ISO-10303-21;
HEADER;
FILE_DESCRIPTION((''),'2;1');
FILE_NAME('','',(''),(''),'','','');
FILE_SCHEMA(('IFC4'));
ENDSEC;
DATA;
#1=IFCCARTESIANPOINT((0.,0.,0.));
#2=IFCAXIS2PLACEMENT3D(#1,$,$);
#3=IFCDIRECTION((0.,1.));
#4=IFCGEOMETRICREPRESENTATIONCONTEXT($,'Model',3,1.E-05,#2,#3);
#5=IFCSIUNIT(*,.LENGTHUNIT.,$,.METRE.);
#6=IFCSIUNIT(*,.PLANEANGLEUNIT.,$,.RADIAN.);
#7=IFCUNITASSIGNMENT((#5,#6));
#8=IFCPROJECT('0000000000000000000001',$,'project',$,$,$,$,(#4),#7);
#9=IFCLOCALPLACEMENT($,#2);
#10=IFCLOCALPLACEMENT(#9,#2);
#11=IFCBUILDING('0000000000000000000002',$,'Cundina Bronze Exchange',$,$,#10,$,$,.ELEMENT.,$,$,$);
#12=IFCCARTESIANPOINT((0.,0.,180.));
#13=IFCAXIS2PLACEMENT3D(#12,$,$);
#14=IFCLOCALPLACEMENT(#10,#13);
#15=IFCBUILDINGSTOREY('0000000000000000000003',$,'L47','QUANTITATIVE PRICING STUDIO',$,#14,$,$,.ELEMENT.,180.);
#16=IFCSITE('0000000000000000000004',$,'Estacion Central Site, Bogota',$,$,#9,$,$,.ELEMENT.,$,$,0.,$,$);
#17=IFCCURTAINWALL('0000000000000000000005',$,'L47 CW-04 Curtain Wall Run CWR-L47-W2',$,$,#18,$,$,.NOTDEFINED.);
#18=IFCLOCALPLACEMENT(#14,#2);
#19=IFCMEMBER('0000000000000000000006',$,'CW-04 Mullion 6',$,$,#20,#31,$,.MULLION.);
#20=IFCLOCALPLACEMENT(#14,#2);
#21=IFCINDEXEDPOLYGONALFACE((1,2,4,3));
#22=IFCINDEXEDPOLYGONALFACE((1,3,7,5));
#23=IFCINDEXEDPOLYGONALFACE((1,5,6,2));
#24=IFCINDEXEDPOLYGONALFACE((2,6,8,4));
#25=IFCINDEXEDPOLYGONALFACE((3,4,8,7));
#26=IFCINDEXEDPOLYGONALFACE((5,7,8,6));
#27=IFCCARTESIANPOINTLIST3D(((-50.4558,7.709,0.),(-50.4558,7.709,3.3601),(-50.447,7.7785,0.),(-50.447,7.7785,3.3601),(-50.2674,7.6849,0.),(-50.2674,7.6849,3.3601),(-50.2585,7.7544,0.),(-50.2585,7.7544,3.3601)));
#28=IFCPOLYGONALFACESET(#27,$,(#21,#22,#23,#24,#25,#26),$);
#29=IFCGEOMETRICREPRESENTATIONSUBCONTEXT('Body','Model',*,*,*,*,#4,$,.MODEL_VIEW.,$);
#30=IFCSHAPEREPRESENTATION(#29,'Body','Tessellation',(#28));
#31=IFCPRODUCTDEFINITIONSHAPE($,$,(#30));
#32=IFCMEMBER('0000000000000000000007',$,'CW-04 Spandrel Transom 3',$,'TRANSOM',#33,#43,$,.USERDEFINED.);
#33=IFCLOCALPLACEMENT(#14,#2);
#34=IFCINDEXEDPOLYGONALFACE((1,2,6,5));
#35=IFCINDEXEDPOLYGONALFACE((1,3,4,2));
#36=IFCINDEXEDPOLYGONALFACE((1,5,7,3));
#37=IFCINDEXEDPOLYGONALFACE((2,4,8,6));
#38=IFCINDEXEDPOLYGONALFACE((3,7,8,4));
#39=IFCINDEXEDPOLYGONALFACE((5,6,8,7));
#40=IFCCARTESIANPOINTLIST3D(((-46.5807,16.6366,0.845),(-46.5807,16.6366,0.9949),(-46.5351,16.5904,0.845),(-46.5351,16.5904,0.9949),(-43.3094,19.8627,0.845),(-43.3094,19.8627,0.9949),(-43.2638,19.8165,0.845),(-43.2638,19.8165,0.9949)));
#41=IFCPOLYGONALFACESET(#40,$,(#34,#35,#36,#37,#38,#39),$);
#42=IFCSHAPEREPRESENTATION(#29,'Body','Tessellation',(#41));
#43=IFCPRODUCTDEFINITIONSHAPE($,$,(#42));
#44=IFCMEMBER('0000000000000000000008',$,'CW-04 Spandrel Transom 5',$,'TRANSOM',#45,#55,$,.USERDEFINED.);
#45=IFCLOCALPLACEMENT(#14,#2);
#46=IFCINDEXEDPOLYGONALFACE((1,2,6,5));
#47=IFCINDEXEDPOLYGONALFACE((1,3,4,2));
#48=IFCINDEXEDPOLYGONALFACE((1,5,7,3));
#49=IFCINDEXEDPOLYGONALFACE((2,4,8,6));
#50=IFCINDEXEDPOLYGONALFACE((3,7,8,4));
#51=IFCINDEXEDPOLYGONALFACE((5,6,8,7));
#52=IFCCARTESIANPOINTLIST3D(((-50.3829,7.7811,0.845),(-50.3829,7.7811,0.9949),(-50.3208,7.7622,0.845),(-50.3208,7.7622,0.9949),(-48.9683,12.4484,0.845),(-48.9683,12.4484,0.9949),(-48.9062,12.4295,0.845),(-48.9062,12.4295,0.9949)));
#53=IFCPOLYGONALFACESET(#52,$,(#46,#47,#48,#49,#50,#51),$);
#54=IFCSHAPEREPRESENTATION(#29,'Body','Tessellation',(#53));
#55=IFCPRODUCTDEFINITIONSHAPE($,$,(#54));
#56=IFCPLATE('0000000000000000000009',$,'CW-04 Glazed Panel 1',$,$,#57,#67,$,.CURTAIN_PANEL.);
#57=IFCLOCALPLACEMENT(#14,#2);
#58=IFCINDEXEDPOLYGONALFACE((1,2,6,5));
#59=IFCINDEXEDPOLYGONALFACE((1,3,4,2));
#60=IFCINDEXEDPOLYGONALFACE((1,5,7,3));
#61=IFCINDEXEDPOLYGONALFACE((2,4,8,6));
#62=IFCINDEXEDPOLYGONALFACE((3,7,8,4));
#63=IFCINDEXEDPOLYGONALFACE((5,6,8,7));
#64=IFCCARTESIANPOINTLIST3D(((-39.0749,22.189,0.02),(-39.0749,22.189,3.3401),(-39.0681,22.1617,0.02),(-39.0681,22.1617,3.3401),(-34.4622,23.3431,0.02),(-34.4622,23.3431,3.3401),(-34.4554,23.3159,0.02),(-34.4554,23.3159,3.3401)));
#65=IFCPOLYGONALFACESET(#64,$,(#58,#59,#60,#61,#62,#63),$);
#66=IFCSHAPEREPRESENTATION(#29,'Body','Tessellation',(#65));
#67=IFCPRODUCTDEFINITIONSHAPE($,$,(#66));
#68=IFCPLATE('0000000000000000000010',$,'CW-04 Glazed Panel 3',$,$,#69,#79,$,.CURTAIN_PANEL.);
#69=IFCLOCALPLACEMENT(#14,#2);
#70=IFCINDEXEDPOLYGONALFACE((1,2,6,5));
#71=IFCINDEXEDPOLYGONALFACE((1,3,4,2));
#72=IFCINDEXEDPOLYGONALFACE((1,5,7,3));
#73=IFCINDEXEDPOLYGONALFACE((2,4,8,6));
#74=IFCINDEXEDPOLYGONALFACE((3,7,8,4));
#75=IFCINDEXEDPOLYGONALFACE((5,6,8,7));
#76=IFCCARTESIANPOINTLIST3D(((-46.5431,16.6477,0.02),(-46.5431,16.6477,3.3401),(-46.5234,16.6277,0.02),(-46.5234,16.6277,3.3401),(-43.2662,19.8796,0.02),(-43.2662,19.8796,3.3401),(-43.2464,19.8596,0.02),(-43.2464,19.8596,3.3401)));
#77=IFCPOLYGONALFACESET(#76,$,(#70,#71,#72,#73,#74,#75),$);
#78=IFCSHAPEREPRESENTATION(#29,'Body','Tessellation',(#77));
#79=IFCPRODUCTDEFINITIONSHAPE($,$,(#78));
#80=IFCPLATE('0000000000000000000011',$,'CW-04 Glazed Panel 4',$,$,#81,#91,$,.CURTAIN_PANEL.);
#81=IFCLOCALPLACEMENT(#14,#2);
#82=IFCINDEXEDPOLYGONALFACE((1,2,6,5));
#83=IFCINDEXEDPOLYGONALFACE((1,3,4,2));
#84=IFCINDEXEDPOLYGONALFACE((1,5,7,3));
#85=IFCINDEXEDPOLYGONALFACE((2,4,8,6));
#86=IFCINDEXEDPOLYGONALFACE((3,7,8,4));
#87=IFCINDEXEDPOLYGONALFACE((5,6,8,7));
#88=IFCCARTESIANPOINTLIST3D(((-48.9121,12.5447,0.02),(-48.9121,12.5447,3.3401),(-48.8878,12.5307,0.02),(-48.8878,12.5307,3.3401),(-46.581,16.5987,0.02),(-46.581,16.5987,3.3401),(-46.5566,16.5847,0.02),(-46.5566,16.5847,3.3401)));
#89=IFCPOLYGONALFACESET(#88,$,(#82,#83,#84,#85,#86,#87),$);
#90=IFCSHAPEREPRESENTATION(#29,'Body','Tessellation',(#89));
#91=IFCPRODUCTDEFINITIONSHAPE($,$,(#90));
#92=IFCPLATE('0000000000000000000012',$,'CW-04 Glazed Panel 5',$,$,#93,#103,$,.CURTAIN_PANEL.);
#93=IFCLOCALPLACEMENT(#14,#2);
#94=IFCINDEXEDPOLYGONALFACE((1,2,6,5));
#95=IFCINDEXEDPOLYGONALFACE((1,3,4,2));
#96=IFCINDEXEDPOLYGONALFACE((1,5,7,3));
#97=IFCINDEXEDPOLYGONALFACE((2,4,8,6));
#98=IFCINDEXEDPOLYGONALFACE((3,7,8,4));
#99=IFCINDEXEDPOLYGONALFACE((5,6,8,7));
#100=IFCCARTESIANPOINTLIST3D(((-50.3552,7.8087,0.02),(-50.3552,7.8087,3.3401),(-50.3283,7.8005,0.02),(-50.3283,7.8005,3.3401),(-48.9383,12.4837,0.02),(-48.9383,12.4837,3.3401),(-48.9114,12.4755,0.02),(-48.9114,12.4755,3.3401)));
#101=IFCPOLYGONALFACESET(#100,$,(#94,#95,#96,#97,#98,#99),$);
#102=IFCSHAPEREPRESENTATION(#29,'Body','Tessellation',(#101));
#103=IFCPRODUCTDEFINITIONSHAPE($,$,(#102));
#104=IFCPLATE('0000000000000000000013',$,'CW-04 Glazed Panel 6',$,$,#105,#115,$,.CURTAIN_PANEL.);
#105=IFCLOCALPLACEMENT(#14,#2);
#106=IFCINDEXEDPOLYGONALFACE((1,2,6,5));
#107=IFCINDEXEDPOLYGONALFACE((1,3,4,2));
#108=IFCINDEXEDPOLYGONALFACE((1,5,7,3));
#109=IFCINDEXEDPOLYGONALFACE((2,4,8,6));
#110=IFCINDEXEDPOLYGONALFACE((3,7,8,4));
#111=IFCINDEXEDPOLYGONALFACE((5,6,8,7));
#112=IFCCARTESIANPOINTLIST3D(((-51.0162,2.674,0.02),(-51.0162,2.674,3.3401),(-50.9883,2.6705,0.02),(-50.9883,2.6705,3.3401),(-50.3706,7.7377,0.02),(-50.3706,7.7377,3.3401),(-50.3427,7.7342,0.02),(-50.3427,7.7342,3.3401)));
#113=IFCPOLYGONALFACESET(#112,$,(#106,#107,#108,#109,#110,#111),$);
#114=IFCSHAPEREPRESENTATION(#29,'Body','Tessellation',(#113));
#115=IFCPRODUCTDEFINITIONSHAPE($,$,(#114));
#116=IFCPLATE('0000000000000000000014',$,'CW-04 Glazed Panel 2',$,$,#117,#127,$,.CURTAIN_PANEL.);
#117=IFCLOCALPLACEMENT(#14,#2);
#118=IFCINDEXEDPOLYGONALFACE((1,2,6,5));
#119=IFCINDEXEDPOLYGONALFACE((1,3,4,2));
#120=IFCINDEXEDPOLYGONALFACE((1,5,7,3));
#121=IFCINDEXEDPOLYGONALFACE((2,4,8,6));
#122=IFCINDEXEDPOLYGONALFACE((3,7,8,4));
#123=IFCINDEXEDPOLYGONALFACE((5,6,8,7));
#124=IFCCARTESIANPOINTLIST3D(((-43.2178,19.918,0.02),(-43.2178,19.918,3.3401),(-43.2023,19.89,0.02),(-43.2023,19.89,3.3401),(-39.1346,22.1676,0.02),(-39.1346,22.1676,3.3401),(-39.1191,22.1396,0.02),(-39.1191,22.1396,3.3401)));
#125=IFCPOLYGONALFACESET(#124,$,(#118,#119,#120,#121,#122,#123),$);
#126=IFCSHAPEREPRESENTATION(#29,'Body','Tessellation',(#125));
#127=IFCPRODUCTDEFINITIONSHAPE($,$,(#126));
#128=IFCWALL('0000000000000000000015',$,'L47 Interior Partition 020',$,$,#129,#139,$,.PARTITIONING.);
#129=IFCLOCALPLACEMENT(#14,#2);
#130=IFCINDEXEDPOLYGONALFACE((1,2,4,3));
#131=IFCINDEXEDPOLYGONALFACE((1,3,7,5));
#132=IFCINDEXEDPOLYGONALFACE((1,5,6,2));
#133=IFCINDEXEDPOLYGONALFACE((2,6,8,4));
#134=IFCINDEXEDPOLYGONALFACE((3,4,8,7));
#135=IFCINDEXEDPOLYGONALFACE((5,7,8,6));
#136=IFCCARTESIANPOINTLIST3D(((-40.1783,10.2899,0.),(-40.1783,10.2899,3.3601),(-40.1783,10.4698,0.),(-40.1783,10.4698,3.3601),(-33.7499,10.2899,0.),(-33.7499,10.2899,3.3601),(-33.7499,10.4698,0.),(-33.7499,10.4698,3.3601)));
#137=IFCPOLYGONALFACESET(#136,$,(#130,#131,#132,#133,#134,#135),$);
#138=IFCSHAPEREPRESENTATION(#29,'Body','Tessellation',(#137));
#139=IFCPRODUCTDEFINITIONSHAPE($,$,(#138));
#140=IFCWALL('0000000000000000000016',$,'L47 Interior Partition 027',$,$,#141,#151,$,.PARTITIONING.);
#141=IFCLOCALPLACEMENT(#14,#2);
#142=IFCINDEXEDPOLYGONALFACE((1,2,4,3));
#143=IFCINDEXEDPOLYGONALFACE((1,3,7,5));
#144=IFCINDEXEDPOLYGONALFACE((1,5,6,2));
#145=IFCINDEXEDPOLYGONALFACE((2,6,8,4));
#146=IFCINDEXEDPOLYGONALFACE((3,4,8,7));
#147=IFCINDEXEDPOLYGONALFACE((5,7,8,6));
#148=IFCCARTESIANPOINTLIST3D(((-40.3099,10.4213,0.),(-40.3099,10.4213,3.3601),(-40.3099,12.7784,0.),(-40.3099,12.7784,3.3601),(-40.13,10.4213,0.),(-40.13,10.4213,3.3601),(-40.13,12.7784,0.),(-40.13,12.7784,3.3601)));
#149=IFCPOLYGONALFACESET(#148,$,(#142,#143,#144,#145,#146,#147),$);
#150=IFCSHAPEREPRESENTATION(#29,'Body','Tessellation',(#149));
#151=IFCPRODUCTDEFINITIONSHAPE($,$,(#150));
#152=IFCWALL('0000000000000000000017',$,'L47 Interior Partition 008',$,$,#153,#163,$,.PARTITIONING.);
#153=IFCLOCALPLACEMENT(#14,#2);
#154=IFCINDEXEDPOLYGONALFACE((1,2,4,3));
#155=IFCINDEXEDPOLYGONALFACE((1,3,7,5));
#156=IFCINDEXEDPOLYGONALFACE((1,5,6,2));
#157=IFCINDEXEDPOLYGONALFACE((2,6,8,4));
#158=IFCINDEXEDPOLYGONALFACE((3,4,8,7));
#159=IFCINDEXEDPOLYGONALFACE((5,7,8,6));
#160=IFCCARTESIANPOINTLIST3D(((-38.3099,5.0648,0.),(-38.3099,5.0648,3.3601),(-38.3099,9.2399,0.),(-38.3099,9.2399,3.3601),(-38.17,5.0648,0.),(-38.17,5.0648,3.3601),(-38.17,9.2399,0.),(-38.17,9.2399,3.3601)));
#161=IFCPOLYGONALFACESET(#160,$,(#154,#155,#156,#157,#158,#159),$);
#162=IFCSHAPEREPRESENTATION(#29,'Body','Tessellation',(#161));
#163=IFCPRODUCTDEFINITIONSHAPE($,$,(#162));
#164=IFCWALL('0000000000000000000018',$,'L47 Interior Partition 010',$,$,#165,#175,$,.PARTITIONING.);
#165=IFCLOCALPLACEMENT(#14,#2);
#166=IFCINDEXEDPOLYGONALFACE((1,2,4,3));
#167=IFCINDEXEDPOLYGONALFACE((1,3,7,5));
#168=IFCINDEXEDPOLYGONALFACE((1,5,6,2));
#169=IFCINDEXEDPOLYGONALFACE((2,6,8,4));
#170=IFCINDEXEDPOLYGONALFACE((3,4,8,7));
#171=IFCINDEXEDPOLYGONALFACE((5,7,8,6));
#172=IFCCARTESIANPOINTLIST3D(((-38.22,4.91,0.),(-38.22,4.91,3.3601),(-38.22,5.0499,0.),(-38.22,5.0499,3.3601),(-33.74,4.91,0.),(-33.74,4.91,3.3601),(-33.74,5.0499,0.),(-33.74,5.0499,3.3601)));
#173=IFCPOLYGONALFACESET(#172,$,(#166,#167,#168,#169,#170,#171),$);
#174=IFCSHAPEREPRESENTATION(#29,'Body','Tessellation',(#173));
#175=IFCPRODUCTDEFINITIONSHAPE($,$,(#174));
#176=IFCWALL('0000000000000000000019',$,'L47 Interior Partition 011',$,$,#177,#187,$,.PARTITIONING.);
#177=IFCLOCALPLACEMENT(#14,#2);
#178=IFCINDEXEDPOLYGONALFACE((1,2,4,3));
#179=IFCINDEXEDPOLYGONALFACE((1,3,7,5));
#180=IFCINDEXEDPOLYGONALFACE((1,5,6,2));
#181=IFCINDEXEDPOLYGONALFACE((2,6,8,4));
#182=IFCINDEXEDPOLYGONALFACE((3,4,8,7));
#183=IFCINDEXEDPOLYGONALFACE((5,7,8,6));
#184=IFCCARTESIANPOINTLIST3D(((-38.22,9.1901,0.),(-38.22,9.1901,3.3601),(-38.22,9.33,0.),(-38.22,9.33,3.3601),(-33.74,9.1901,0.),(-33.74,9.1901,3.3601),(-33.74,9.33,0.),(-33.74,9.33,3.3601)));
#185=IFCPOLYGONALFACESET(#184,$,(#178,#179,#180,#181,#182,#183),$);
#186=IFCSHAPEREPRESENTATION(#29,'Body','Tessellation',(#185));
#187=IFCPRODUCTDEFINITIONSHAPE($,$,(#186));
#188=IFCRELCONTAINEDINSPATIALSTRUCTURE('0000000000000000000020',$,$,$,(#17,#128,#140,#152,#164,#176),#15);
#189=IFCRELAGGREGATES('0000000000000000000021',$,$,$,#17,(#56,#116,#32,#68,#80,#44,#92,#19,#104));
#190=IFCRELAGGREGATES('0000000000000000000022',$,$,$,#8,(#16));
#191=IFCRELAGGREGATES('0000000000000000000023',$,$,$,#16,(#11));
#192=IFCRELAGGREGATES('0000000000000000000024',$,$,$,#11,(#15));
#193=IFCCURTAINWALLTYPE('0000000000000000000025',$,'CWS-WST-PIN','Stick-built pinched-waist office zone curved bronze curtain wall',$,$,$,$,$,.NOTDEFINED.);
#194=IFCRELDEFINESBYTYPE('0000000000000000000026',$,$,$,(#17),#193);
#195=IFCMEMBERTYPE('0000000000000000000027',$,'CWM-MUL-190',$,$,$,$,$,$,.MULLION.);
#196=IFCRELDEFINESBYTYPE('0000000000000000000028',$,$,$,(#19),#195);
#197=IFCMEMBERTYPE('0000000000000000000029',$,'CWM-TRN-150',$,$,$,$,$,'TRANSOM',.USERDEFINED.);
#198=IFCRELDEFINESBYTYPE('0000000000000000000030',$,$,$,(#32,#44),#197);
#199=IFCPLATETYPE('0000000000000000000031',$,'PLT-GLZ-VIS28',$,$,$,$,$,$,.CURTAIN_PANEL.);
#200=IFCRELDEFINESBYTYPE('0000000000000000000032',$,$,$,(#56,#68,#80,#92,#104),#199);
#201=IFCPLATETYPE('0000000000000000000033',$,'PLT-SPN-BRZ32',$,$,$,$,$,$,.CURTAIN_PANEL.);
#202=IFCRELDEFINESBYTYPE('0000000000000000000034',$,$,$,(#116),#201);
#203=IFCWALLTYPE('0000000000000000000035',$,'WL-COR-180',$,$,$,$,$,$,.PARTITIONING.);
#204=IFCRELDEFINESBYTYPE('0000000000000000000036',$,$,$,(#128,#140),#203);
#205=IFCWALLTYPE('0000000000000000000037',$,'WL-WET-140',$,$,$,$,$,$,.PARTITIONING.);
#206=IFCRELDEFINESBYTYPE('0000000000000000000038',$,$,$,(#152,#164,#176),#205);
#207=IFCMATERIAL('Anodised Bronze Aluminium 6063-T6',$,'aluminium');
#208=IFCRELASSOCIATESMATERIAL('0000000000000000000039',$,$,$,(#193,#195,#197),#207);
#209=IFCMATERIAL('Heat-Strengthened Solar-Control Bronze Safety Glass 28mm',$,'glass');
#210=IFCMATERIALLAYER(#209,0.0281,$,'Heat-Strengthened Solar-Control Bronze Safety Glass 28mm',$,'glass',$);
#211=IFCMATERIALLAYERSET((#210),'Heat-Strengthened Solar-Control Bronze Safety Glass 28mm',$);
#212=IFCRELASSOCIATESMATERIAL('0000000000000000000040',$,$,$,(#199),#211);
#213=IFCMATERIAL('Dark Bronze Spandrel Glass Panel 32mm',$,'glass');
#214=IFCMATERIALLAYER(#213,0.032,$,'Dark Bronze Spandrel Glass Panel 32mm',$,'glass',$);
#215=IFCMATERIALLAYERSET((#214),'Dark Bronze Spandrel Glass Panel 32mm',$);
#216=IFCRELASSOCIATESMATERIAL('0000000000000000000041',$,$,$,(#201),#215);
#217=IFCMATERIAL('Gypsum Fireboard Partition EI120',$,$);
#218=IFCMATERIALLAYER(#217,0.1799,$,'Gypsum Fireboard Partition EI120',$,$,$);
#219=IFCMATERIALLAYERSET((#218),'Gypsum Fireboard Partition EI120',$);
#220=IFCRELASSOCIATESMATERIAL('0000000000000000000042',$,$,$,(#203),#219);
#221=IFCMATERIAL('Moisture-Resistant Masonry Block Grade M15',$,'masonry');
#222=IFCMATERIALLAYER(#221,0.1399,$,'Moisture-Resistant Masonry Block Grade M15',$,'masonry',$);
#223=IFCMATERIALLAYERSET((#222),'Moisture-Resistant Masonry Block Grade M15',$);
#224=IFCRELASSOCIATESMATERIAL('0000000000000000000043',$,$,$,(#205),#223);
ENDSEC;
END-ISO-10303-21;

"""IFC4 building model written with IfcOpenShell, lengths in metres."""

from ifc_helpers import new_model, si_unit, direction, frame, frame_2d, origin, origin_2d, place, context, subcontext, project, spatial, rectangle, extrude, material, layer, layer_set, material_profile, profile_set, type_object, element, aggregate, save


model = new_model("IFC4")

# Units and contexts
model_context = context("Model", 3, precision=1e-05, world=origin(), true_north=direction((0.0, 1.0)))
body_context = subcontext(model_context, "Body", "Model", "MODEL_VIEW")
ifc_project = project(units=[si_unit("LENGTHUNIT", "METRE"), si_unit("PLANEANGLEUNIT", "RADIAN")], contexts=[model_context])

# Site, building, storey
site_placement = place(None, origin())
site = spatial("IfcSite", under=ifc_project, at=site_placement, Name="Estacion Central Site, Bogota", CompositionType="ELEMENT", RefElevation=0.0)
building_placement = place(site_placement, origin())
building = spatial("IfcBuilding", under=site, at=building_placement, Name="Cundina Bronze Exchange", CompositionType="ELEMENT")
storey_placement = place(building_placement, frame((0.0, 0.0, 180.0)))
storey = spatial("IfcBuildingStorey", under=building, at=storey_placement, Name="L47", Description="QUANTITATIVE PRICING STUDIO", CompositionType="ELEMENT", Elevation=180.0)

# Curtain wall, members, plates
ifc_material_1 = material(Name="Anodised Bronze Aluminium 6063-T6", Category="aluminium")
curtain_wall_type = type_object("IfcCurtainWallType", Name="CWS-WST-PIN", Description="Stick-built pinched-waist office zone curved bronze curtain wall", PredefinedType="NOTDEFINED", material=ifc_material_1)
curtain_wall_placement = place(storey_placement, origin())
curtain_wall = element("IfcCurtainWall", 1, at=curtain_wall_placement, inside=storey, type_object=curtain_wall_type, Name="L47 CW-04 Curtain Wall Run CWR-L47-W2", PredefinedType="NOTDEFINED")
ifc_material_profile_1 = material_profile(ifc_material_1, rectangle(XDim=0.0701, YDim=0.1899, at=origin_2d()), Name="AL70X190", Category="aluminium")
ifc_profile_set_1 = profile_set([ifc_material_profile_1], Name="Anodised Bronze Aluminium 6063-T6")
member_type_1 = type_object("IfcMemberType", Name="CWM-MUL-190", PredefinedType="MULLION", material=ifc_profile_set_1)
member_1_placement = place(storey_placement, frame((-50.3572, 7.7317, 0.0), z_axis=(0.0, 0.0, 1.0), x_axis=(-0.126545, -0.991961, 0.0)))
member_1 = element("IfcMember", 2, at=member_1_placement, type_object=member_type_1, Name="CW-04 Mullion 6", PredefinedType="MULLION", context=body_context, shape_type="SweptSolid", body=[
    extrude(rectangle(XDim=0.0701, YDim=0.1899, at=origin_2d()), origin(), (0.0, 0.0, 1.0), 3.3601),
])
ifc_material_profile_2 = material_profile(ifc_material_1, rectangle(XDim=0.0649, YDim=0.1499, at=origin_2d()), Name="AL65X150", Category="aluminium")
ifc_profile_set_2 = profile_set([ifc_material_profile_2], Name="Anodised Bronze Aluminium 6063-T6")
member_type_2 = type_object("IfcMemberType", Name="CWM-TRN-150", ElementType="TRANSOM", PredefinedType="USERDEFINED", material=ifc_profile_set_2)
member_2_placement = place(storey_placement, frame((-43.2866, 19.8396, 0.9199), z_axis=(-0.712005, -0.702174, 0.0), x_axis=(0.702174, -0.712005, 0.0)))
member_2 = element("IfcMember", 3, at=member_2_placement, type_object=member_type_2, Name="CW-04 Spandrel Transom 3", ObjectType="TRANSOM", PredefinedType="USERDEFINED", context=body_context, shape_type="SweptSolid", body=[
    extrude(rectangle(XDim=0.0649, YDim=0.1499, at=origin_2d()), origin(), (0.0, 0.0, 1.0), 4.5945),
])
member_3_placement = place(storey_placement, frame((-48.9373, 12.439, 0.9199), z_axis=(-0.290052, -0.957011, 0.0), x_axis=(0.957011, -0.290052, 0.0)))
member_3 = element("IfcMember", 4, at=member_3_placement, type_object=member_type_2, Name="CW-04 Spandrel Transom 5", ObjectType="TRANSOM", PredefinedType="USERDEFINED", context=body_context, shape_type="SweptSolid", body=[
    extrude(rectangle(XDim=0.0649, YDim=0.1499, at=origin_2d()), origin(), (0.0, 0.0, 1.0), 4.877),
])
ifc_material_2 = material(Name="Heat-Strengthened Solar-Control Bronze Safety Glass 28mm", Category="glass")
ifc_layer_1 = layer(ifc_material_2, 0.0281, Name="Heat-Strengthened Solar-Control Bronze Safety Glass 28mm", Category="glass")
ifc_layer_set_1 = layer_set([ifc_layer_1], Name="Heat-Strengthened Solar-Control Bronze Safety Glass 28mm")
plate_type_1 = type_object("IfcPlateType", Name="PLT-GLZ-VIS28", PredefinedType="CURTAIN_PANEL", material=ifc_layer_set_1)
plate_1_placement = place(storey_placement, frame((-36.7651, 22.7524, 0.02), z_axis=(0.0, 0.0, 1.0), x_axis=(-0.970093, -0.242735, 0.0)))
plate_1 = element("IfcPlate", 5, at=plate_1_placement, type_object=plate_type_1, Name="CW-04 Glazed Panel 1", PredefinedType="CURTAIN_PANEL", context=body_context, shape_type="SweptSolid", body=[
    extrude(rectangle(XDim=4.7549, YDim=0.0281, at=origin_2d()), origin(), (0.0, 0.0, 1.0), 3.3201),
])
plate_2_placement = place(storey_placement, frame((-44.8948, 18.2537, 0.02), z_axis=(0.0, 0.0, 1.0), x_axis=(-0.711989, -0.70219, 0.0)))
plate_2 = element("IfcPlate", 6, at=plate_2_placement, type_object=plate_type_1, Name="CW-04 Glazed Panel 3", PredefinedType="CURTAIN_PANEL", context=body_context, shape_type="SweptSolid", body=[
    extrude(rectangle(XDim=4.6025, YDim=0.0281, at=origin_2d()), origin(), (0.0, 0.0, 1.0), 3.3201),
])
plate_3_placement = place(storey_placement, frame((-47.7344, 14.5647, 0.02), z_axis=(0.0, 0.0, 1.0), x_axis=(-0.498488, -0.866897, 0.0)))
plate_3 = element("IfcPlate", 7, at=plate_3_placement, type_object=plate_type_1, Name="CW-04 Glazed Panel 4", PredefinedType="CURTAIN_PANEL", context=body_context, shape_type="SweptSolid", body=[
    extrude(rectangle(XDim=4.6765, YDim=0.0281, at=origin_2d()), origin(), (0.0, 0.0, 1.0), 3.3201),
])
plate_4_placement = place(storey_placement, frame((-49.6333, 10.1421, 0.02), z_axis=(0.0, 0.0, 1.0), x_axis=(-0.290051, -0.957011, 0.0)))
plate_4 = element("IfcPlate", 8, at=plate_4_placement, type_object=plate_type_1, Name="CW-04 Glazed Panel 5", PredefinedType="CURTAIN_PANEL", context=body_context, shape_type="SweptSolid", body=[
    extrude(rectangle(XDim=4.885, YDim=0.0281, at=origin_2d()), origin(), (0.0, 0.0, 1.0), 3.3201),
])
plate_5_placement = place(storey_placement, frame((-50.6794, 5.2041, 0.02), z_axis=(0.0, 0.0, 1.0), x_axis=(-0.126476, -0.99197, 0.0)))
plate_5 = element("IfcPlate", 9, at=plate_5_placement, type_object=plate_type_1, Name="CW-04 Glazed Panel 6", PredefinedType="CURTAIN_PANEL", context=body_context, shape_type="SweptSolid", body=[
    extrude(rectangle(XDim=5.1047, YDim=0.0281, at=origin_2d()), origin(), (0.0, 0.0, 1.0), 3.3201),
])
ifc_material_3 = material(Name="Dark Bronze Spandrel Glass Panel 32mm", Category="glass")
ifc_layer_2 = layer(ifc_material_3, 0.032, Name="Dark Bronze Spandrel Glass Panel 32mm", Category="glass")
ifc_layer_set_2 = layer_set([ifc_layer_2], Name="Dark Bronze Spandrel Glass Panel 32mm")
plate_type_2 = type_object("IfcPlateType", Name="PLT-SPN-BRZ32", PredefinedType="CURTAIN_PANEL", material=ifc_layer_set_2)
plate_6_placement = place(storey_placement, frame((-41.1685, 21.0288, 0.02), z_axis=(0.0, 0.0, 1.0), x_axis=(-0.875869, -0.482549, 0.0)))
plate_6 = element("IfcPlate", 10, at=plate_6_placement, type_object=plate_type_2, Name="CW-04 Glazed Panel 2", PredefinedType="CURTAIN_PANEL", context=body_context, shape_type="SweptSolid", body=[
    extrude(rectangle(XDim=4.6619, YDim=0.032, at=origin_2d()), origin(), (0.0, 0.0, 1.0), 3.3201),
])
aggregate(curtain_wall, [plate_1, plate_6, member_2, plate_2, plate_3, member_3, plate_4, member_1, plate_5])

# Walls
ifc_material_4 = material(Name="Gypsum Fireboard Partition EI120")
ifc_layer_3 = layer(ifc_material_4, 0.1799, Name="Gypsum Fireboard Partition EI120")
ifc_layer_set_3 = layer_set([ifc_layer_3], Name="Gypsum Fireboard Partition EI120")
wall_type_1 = type_object("IfcWallType", Name="WL-COR-180", PredefinedType="PARTITIONING", material=ifc_layer_set_3)
wall_1_placement = place(storey_placement, frame((-40.1785, 10.3799, 0.0), z_axis=(0.0, 0.0, 1.0), x_axis=(1.0, 0.0, 0.0)))
element("IfcWall", 11, at=wall_1_placement, inside=storey, type_object=wall_type_1, Name="L47 Interior Partition 020", PredefinedType="PARTITIONING", context=body_context, shape_type="SweptSolid", body=[
    extrude(rectangle(XDim=6.4285, YDim=0.1799, at=frame_2d((3.2144, 0.0))), origin(), (0.0, 0.0, 1.0), 3.3601),
])
wall_2_placement = place(storey_placement, frame((-40.22, 12.7786, 0.0), z_axis=(0.0, 0.0, 1.0), x_axis=(0.0, -1.0, 0.0)))
element("IfcWall", 12, at=wall_2_placement, inside=storey, type_object=wall_type_1, Name="L47 Interior Partition 027", PredefinedType="PARTITIONING", context=body_context, shape_type="SweptSolid", body=[
    extrude(rectangle(XDim=2.3572, YDim=0.1799, at=frame_2d((1.1787, 0.0))), origin(), (0.0, 0.0, 1.0), 3.3601),
])
ifc_material_5 = material(Name="Moisture-Resistant Masonry Block Grade M15", Category="masonry")
ifc_layer_4 = layer(ifc_material_5, 0.1399, Name="Moisture-Resistant Masonry Block Grade M15", Category="masonry")
ifc_layer_set_4 = layer_set([ifc_layer_4], Name="Moisture-Resistant Masonry Block Grade M15")
wall_type_2 = type_object("IfcWallType", Name="WL-WET-140", PredefinedType="PARTITIONING", material=ifc_layer_set_4)
wall_3_placement = place(storey_placement, frame((-38.24, 5.0649, 0.0), z_axis=(0.0, 0.0, 1.0), x_axis=(0.0, 1.0, 0.0)))
element("IfcWall", 13, at=wall_3_placement, inside=storey, type_object=wall_type_2, Name="L47 Interior Partition 008", PredefinedType="PARTITIONING", context=body_context, shape_type="SweptSolid", body=[
    extrude(rectangle(XDim=4.175, YDim=0.1399, at=frame_2d((2.0874, 0.0))), origin(), (0.0, 0.0, 1.0), 3.3601),
])
for number, where, z_axis, x_axis, name in (
    (14, (-38.22, 4.98, 0.0), (0.0, 0.0, 1.0), (1.0, 0.0, 0.0), "L47 Interior Partition 010"),
    (15, (-38.22, 9.26, 0.0), (0.0, 0.0, 1.0), (1.0, 0.0, 0.0), "L47 Interior Partition 011"),
):
    element("IfcWall", number, at=place(storey_placement, frame(where, z_axis=z_axis, x_axis=x_axis)), inside=storey, type_object=wall_type_2, Name=name, PredefinedType="PARTITIONING", context=body_context, shape_type="SweptSolid", body=[
        extrude(rectangle(XDim=4.48, YDim=0.1399, at=frame_2d((2.24, 0.0))), origin(), (0.0, 0.0, 1.0), 3.3601),
    ])

save(model, "model.ifc")
